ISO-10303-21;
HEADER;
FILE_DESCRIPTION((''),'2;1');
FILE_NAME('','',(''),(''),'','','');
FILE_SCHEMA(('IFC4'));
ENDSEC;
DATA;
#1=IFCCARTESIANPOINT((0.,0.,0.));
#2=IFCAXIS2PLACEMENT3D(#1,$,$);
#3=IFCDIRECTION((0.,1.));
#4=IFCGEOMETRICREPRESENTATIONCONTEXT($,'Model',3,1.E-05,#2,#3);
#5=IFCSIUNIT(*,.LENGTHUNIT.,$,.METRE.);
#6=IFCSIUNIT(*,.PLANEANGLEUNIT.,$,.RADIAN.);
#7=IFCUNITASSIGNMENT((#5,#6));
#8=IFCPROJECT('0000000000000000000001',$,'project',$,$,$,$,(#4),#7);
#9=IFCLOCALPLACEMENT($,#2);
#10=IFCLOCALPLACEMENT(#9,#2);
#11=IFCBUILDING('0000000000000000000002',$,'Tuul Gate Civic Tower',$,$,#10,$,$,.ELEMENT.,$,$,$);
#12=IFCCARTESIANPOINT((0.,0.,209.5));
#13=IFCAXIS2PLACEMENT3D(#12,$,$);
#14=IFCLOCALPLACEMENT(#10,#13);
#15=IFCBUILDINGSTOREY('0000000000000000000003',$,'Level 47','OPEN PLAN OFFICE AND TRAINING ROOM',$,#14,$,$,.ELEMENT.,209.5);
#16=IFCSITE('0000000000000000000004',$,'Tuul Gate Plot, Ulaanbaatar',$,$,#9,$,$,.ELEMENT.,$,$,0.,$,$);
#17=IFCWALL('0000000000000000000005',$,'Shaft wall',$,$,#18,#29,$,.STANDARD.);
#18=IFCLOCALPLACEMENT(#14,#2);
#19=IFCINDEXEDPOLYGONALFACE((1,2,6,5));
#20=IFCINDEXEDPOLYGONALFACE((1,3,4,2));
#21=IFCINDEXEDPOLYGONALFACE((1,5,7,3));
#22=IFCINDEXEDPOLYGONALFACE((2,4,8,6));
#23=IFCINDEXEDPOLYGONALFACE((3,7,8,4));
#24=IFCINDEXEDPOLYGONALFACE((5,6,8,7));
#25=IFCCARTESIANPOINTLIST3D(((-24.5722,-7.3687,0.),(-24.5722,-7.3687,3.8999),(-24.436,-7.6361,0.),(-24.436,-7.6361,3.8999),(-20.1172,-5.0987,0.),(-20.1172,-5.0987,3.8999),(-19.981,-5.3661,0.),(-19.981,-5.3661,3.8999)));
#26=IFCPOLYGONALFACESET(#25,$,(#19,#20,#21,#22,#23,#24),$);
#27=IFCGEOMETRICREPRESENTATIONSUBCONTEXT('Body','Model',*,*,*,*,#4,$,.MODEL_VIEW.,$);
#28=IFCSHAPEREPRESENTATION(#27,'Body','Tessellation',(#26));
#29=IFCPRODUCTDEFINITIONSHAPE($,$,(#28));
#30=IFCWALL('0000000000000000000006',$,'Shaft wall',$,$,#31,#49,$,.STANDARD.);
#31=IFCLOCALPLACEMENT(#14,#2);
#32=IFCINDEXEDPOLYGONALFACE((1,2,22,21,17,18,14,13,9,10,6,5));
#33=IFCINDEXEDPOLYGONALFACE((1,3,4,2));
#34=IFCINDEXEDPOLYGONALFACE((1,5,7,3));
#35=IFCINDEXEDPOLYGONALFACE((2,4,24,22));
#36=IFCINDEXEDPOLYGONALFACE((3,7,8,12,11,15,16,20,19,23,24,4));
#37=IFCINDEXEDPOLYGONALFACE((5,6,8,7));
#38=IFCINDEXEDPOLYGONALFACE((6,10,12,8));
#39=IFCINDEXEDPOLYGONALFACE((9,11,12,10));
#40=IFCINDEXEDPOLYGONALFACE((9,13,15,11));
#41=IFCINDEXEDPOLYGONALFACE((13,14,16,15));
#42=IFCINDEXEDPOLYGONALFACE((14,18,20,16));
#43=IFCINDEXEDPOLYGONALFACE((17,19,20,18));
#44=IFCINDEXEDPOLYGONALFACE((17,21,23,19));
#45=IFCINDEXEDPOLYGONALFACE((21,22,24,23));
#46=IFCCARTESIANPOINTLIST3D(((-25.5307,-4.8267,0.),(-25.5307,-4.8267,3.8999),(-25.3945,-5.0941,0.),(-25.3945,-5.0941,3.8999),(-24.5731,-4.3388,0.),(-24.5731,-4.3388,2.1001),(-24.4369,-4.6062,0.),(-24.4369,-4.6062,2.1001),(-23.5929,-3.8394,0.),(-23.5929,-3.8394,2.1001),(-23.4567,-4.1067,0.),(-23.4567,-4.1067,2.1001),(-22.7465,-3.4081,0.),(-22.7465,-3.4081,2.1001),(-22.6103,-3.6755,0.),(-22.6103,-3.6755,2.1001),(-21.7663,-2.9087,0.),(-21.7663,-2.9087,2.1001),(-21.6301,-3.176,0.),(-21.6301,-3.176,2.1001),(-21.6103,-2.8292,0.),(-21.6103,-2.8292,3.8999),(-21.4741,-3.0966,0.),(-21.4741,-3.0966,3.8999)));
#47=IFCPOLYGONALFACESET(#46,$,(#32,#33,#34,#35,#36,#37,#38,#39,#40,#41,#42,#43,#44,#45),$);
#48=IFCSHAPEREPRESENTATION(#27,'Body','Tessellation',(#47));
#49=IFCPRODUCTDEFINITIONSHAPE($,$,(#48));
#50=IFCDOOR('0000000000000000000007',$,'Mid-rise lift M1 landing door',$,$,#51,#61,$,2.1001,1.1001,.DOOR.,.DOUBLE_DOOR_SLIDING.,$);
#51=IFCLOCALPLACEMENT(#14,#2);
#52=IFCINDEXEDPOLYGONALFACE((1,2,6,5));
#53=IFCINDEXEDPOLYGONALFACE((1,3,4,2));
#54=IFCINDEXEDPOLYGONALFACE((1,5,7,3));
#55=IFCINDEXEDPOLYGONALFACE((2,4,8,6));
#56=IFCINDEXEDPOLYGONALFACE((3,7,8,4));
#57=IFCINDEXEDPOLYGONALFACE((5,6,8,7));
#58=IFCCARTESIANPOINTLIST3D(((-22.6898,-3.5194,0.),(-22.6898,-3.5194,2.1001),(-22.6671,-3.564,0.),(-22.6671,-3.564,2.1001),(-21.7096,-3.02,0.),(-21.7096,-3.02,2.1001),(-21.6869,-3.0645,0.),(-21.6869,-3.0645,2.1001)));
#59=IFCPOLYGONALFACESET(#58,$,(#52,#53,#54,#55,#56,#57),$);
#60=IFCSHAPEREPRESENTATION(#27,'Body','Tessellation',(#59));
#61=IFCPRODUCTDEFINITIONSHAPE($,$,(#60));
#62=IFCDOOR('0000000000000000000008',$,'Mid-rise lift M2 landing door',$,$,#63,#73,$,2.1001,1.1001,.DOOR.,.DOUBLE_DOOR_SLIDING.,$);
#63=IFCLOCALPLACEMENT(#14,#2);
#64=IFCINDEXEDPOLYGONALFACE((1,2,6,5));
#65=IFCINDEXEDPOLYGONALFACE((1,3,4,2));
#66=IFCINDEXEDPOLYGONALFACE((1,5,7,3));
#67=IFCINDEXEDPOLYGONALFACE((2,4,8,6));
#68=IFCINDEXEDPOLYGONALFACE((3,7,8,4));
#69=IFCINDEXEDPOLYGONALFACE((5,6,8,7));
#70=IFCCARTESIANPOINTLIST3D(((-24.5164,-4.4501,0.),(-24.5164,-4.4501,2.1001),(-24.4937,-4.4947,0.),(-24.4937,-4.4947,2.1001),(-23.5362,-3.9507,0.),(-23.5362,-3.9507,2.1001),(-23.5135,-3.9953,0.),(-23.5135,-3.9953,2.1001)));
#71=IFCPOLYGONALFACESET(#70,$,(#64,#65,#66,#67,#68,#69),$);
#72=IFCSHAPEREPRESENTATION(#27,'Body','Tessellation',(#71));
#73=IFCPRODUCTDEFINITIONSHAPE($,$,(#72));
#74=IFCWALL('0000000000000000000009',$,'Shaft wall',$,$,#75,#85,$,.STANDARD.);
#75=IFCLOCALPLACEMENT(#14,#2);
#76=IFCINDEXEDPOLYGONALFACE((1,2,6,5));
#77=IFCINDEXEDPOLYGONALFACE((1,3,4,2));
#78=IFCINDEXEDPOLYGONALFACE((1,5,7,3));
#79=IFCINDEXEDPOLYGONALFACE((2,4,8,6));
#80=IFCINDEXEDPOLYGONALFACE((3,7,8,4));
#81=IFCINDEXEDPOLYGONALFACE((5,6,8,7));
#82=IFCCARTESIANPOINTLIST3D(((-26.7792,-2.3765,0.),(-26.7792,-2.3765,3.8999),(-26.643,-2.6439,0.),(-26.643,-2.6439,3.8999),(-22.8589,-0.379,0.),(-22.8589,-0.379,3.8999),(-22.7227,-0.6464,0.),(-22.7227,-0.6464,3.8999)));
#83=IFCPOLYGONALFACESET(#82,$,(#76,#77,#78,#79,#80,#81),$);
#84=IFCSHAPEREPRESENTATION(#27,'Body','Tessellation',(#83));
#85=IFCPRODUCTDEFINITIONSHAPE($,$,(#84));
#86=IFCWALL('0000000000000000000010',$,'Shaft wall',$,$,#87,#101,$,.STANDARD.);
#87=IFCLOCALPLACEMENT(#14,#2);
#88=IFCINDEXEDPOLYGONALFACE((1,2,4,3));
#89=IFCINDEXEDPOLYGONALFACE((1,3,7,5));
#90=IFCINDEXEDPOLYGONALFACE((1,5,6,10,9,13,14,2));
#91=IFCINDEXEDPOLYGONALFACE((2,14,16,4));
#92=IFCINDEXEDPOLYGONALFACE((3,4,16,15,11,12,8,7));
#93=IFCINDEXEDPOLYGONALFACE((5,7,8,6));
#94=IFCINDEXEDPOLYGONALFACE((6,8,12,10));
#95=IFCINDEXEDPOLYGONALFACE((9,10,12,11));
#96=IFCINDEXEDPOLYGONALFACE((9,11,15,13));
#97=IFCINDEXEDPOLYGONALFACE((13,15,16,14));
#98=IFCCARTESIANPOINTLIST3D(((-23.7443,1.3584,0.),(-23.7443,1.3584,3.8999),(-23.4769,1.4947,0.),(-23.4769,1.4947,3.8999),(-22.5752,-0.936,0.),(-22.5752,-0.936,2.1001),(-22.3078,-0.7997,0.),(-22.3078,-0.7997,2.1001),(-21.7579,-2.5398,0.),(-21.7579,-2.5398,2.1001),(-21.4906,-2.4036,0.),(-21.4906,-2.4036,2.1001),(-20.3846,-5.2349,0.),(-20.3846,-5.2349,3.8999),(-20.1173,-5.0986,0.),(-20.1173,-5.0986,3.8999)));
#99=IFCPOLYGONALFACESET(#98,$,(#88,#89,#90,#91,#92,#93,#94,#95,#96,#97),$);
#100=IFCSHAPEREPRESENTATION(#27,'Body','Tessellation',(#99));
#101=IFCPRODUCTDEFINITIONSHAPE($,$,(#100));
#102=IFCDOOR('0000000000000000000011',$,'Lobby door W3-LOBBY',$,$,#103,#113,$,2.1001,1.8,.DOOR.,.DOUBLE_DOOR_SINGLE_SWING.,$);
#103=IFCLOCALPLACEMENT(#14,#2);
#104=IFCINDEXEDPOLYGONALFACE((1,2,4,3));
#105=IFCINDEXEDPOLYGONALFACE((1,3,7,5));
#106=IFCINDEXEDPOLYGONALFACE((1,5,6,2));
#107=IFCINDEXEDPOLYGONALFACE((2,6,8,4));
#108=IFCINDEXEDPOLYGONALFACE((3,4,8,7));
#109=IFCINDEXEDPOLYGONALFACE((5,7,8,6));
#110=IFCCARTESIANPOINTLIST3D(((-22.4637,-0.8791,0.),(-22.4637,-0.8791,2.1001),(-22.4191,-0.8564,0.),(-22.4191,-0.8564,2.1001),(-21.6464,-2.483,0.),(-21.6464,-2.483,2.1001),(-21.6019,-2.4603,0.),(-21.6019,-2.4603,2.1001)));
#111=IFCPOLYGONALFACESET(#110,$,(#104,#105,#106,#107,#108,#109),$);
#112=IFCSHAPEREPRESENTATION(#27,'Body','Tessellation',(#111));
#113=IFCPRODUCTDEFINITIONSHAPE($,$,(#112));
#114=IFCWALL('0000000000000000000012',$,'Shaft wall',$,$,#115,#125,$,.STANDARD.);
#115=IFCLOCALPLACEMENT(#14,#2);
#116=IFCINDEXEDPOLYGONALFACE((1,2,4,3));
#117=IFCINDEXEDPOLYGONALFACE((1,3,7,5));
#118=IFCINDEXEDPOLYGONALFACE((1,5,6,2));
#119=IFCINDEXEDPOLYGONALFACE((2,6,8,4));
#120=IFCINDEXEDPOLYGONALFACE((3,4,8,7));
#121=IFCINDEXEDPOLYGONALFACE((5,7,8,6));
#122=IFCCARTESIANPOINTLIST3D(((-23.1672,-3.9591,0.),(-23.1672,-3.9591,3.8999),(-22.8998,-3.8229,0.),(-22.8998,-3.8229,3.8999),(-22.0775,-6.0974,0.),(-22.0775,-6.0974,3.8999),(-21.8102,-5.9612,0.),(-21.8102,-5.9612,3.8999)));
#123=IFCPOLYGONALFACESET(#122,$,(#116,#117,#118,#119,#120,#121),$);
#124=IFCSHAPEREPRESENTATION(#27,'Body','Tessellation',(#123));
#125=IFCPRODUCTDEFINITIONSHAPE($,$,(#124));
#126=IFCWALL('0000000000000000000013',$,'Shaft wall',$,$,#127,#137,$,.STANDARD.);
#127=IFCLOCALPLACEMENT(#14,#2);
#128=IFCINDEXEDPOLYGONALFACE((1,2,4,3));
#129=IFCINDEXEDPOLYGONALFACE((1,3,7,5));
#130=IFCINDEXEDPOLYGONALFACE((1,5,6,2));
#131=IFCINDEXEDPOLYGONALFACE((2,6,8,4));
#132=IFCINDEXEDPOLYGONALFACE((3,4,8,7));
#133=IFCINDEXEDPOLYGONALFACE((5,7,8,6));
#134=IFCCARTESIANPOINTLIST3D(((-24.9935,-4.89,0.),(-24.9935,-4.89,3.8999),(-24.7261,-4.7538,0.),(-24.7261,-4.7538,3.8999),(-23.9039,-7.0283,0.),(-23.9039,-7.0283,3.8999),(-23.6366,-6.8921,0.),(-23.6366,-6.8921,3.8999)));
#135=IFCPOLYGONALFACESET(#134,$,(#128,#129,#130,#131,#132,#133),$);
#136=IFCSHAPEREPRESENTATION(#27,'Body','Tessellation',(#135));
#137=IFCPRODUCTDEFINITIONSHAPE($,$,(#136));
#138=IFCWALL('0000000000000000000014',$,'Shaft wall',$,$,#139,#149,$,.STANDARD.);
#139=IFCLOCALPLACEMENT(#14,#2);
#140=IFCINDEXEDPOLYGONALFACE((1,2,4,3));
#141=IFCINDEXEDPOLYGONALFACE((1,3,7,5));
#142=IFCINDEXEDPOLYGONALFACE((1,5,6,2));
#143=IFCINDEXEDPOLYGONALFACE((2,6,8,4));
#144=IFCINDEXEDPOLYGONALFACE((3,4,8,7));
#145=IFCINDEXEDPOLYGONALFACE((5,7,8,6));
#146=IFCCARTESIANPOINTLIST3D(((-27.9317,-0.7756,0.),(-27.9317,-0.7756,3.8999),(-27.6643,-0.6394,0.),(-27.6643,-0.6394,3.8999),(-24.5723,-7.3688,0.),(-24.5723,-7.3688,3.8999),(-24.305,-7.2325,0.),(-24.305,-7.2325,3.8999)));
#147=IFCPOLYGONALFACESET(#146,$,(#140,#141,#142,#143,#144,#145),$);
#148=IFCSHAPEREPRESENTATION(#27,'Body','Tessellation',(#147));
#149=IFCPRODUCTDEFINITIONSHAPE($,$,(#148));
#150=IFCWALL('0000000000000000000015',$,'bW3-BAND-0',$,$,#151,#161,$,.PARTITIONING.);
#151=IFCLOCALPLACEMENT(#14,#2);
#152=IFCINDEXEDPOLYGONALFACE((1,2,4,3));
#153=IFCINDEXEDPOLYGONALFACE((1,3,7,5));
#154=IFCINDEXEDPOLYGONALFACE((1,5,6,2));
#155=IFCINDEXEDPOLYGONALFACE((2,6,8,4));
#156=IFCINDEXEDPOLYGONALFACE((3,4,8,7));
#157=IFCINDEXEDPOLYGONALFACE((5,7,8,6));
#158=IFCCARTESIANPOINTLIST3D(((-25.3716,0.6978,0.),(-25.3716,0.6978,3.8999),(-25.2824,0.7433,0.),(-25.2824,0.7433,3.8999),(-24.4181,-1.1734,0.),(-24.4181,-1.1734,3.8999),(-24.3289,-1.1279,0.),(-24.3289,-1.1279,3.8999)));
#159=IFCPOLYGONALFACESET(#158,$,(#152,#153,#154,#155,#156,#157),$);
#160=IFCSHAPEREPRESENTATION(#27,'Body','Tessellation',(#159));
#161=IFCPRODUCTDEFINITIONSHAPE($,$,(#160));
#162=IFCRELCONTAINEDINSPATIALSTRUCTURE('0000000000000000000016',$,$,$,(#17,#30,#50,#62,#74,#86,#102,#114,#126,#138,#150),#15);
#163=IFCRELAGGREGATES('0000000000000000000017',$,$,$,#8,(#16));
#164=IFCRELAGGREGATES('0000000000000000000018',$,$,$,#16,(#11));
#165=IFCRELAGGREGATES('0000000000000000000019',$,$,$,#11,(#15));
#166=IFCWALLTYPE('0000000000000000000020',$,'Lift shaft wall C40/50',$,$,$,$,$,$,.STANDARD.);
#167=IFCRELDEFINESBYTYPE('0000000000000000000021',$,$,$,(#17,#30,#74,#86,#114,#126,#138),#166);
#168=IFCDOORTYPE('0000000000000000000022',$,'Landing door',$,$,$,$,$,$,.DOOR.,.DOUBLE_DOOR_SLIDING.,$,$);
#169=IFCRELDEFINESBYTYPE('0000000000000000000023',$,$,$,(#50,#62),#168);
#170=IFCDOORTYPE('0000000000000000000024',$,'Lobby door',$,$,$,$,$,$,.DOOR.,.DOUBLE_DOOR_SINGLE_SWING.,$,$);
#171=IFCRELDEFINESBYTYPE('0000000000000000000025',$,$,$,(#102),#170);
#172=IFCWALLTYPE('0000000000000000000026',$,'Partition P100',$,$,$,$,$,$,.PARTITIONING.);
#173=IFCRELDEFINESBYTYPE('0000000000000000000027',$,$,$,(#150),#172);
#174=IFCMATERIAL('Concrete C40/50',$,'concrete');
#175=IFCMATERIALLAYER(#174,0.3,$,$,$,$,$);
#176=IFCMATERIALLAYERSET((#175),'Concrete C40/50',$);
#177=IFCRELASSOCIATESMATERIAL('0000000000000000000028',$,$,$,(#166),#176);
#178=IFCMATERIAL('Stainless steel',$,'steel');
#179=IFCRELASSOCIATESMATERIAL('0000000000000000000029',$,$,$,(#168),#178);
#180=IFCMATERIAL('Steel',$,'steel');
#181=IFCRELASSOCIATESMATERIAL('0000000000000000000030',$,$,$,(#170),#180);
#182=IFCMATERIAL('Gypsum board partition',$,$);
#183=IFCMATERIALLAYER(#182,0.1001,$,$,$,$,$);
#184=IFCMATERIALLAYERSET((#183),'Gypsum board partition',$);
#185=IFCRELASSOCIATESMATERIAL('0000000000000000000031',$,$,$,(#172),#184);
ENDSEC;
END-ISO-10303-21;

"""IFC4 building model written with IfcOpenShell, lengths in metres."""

from ifc_helpers import new_model, si_unit, direction, frame, frame_2d, origin, place, context, subcontext, project, spatial, rectangle, extrude, material, layer, layer_set, type_object, element, fill, save


model = new_model("IFC4")

# Units and contexts
model_context = context("Model", 3, precision=1e-05, world=origin(), true_north=direction((0.0, 1.0)))
body_context = subcontext(model_context, "Body", "Model", "MODEL_VIEW")
ifc_project = project(units=[si_unit("LENGTHUNIT", "METRE"), si_unit("PLANEANGLEUNIT", "RADIAN")], contexts=[model_context])

# Site, building, storey
site_placement = place(None, origin())
site = spatial("IfcSite", under=ifc_project, at=site_placement, Name="Tuul Gate Plot, Ulaanbaatar", CompositionType="ELEMENT", RefElevation=0.0)
building_placement = place(site_placement, origin())
building = spatial("IfcBuilding", under=site, at=building_placement, Name="Tuul Gate Civic Tower", CompositionType="ELEMENT")
storey_placement = place(building_placement, frame((0.0, 0.0, 209.5)))
storey = spatial("IfcBuildingStorey", under=building, at=storey_placement, Name="Level 47", Description="OPEN PLAN OFFICE AND TRAINING ROOM", CompositionType="ELEMENT", Elevation=209.5)

# Wall
ifc_material_1 = material(Name="Concrete C40/50", Category="concrete")
ifc_layer_1 = layer(ifc_material_1, 0.3)
ifc_layer_set_1 = layer_set([ifc_layer_1], Name="Concrete C40/50")
wall_type_1 = type_object("IfcWallType", Name="Lift shaft wall C40/50", PredefinedType="STANDARD", material=ifc_layer_set_1)
wall_1_placement = place(storey_placement, frame((-20.0491, -5.2324, 0.0), z_axis=(0.0, 0.0, 1.0), x_axis=(-0.891003, -0.453997, 0.0)))
element("IfcWall", 1, at=wall_1_placement, inside=storey, type_object=wall_type_1, Name="Shaft wall", PredefinedType="STANDARD", context=body_context, shape_type="SweptSolid", body=[
    extrude(rectangle(XDim=5.0, YDim=0.3, at=frame_2d((2.5, 0.0))), origin(), (0.0, 0.0, 1.0), 3.8999),
])

# Wall, openings, doors
wall_2_placement = place(storey_placement, frame((-21.5422, -2.9629, 0.0), z_axis=(0.0, 0.0, 1.0), x_axis=(-0.891006, -0.453992, 0.0)))
wall_2 = element("IfcWall", 2, at=wall_2_placement, inside=storey, type_object=wall_type_1, Name="Shaft wall", PredefinedType="STANDARD", context=body_context, shape_type="SweptSolid", body=[
    extrude(rectangle(XDim=4.3999, YDim=0.3, at=frame_2d((2.2, 0.0))), origin(), (0.0, 0.0, 1.0), 3.8999),
])
opening_1_placement = place(wall_2_placement, frame((0.175, 0.0, 0.0)))
opening_1 = element("IfcOpeningElement", 3, at=opening_1_placement, cuts=wall_2, PredefinedType="OPENING", context=body_context, shape_type="SweptSolid", body=[
    extrude(rectangle(XDim=1.1001, YDim=2.1001, at=frame_2d((0.55, 1.05))), frame((0.0, 0.1602, 0.0), z_axis=(0.0, -1.0, 0.0), x_axis=(1.0, 0.0, 0.0)), (0.0, 0.0, 1.0), 0.3201),
])
opening_2_placement = place(wall_2_placement, frame((2.2251, 0.0, 0.0)))
opening_2 = element("IfcOpeningElement", 4, at=opening_2_placement, cuts=wall_2, PredefinedType="OPENING", context=body_context, shape_type="SweptSolid", body=[
    extrude(rectangle(XDim=1.1001, YDim=2.1001, at=frame_2d((0.55, 1.05))), frame((0.0, 0.1602, 0.0), z_axis=(0.0, -1.0, 0.0), x_axis=(1.0, 0.0, 0.0)), (0.0, 0.0, 1.0), 0.3201),
])
ifc_material_2 = material(Name="Stainless steel", Category="steel")
door_type_1 = type_object("IfcDoorType", Name="Landing door", OperationType="DOUBLE_DOOR_SLIDING", PredefinedType="DOOR", material=ifc_material_2)
door_1_placement = place(opening_1_placement, origin())
door_1 = element("IfcDoor", 5, at=door_1_placement, inside=storey, type_object=door_type_1, Name="Mid-rise lift M1 landing door", OperationType="DOUBLE_DOOR_SLIDING", OverallHeight=2.1001, OverallWidth=1.1001, PredefinedType="DOOR", context=body_context, shape_type="SweptSolid", body=[
    extrude(rectangle(XDim=1.1001, YDim=2.1001, at=frame_2d((0.55, 1.05))), frame((0.0, 0.0249, 0.0), z_axis=(0.0, -1.0, 0.0), x_axis=(1.0, 0.0, 0.0)), (0.0, 0.0, 1.0), 0.05),
])
fill(opening_1, door_1)
door_2_placement = place(opening_2_placement, origin())
door_2 = element("IfcDoor", 6, at=door_2_placement, inside=storey, type_object=door_type_1, Name="Mid-rise lift M2 landing door", OperationType="DOUBLE_DOOR_SLIDING", OverallHeight=2.1001, OverallWidth=1.1001, PredefinedType="DOOR", context=body_context, shape_type="SweptSolid", body=[
    extrude(rectangle(XDim=1.1001, YDim=2.1001, at=frame_2d((0.55, 1.05))), frame((0.0, 0.0249, 0.0), z_axis=(0.0, -1.0, 0.0), x_axis=(1.0, 0.0, 0.0)), (0.0, 0.0, 1.0), 0.05),
])
fill(opening_2, door_2)

# Wall
wall_3_placement = place(storey_placement, frame((-22.7908, -0.5127, 0.0), z_axis=(0.0, 0.0, 1.0), x_axis=(-0.891006, -0.453992, 0.0)))
element("IfcWall", 7, at=wall_3_placement, inside=storey, type_object=wall_type_1, Name="Shaft wall", PredefinedType="STANDARD", context=body_context, shape_type="SweptSolid", body=[
    extrude(rectangle(XDim=4.3999, YDim=0.3, at=frame_2d((2.2, 0.0))), origin(), (0.0, 0.0, 1.0), 3.8999),
])

# Wall, opening, door
wall_4_placement = place(storey_placement, frame((-20.251, -5.1667, 0.0), z_axis=(0.0, 0.0, 1.0), x_axis=(-0.45401, 0.890996, 0.0)))
wall_4 = element("IfcWall", 8, at=wall_4_placement, inside=storey, type_object=wall_type_1, Name="Shaft wall", PredefinedType="STANDARD", context=body_context, shape_type="SweptSolid", body=[
    extrude(rectangle(XDim=7.3999, YDim=0.3, at=frame_2d((3.7, 0.0))), origin(), (0.0, 0.0, 1.0), 3.8999),
])
opening_3_placement = place(wall_4_placement, frame((3.0249, 0.0, 0.0)))
opening_3 = element("IfcOpeningElement", 9, at=opening_3_placement, cuts=wall_4, PredefinedType="OPENING", context=body_context, shape_type="SweptSolid", body=[
    extrude(rectangle(XDim=1.8, YDim=2.1001, at=frame_2d((0.8999, 1.05))), frame((0.0, 0.1602, 0.0), z_axis=(0.0, -1.0, 0.0), x_axis=(1.0, 0.0, 0.0)), (0.0, 0.0, 1.0), 0.3201),
])
ifc_material_3 = material(Name="Steel", Category="steel")
door_type_2 = type_object("IfcDoorType", Name="Lobby door", OperationType="DOUBLE_DOOR_SINGLE_SWING", PredefinedType="DOOR", material=ifc_material_3)
door_3_placement = place(opening_3_placement, origin())
door_3 = element("IfcDoor", 10, at=door_3_placement, inside=storey, type_object=door_type_2, Name="Lobby door W3-LOBBY", OperationType="DOUBLE_DOOR_SINGLE_SWING", OverallHeight=2.1001, OverallWidth=1.8, PredefinedType="DOOR", context=body_context, shape_type="SweptSolid", body=[
    extrude(rectangle(XDim=1.8, YDim=2.1001, at=frame_2d((0.8999, 1.05))), frame((0.0, 0.0249, 0.0), z_axis=(0.0, -1.0, 0.0), x_axis=(1.0, 0.0, 0.0)), (0.0, 0.0, 1.0), 0.05),
])
fill(opening_3, door_3)

# Walls
for number, where, z_axis, x_axis, name in (
    (11, (-21.9438, -6.0293, 0.0), (0.0, 0.0, 1.0), (-0.454037, 0.890983, 0.0), "Shaft wall"),
    (12, (-23.7703, -6.9602, 0.0), (0.0, 0.0, 1.0), (-0.453996, 0.891004, 0.0), "Shaft wall"),
):
    element("IfcWall", number, at=place(storey_placement, frame(where, z_axis=z_axis, x_axis=x_axis)), inside=storey, type_object=wall_type_1, Name=name, PredefinedType="STANDARD", context=body_context, shape_type="SweptSolid", body=[
        extrude(rectangle(XDim=2.3999, YDim=0.3, at=frame_2d((1.2, 0.0))), origin(), (0.0, 0.0, 1.0), 3.8999),
    ])
wall_5_placement = place(storey_placement, frame((-24.4387, -7.3005, 0.0), z_axis=(0.0, 0.0, 1.0), x_axis=(-0.453984, 0.89101, 0.0)))
element("IfcWall", 13, at=wall_5_placement, inside=storey, type_object=wall_type_1, Name="Shaft wall", PredefinedType="STANDARD", context=body_context, shape_type="SweptSolid", body=[
    extrude(rectangle(XDim=7.3997, YDim=0.3, at=frame_2d((3.6997, 0.0))), origin(), (0.0, 0.0, 1.0), 3.8999),
])
ifc_material_4 = material(Name="Gypsum board partition")
ifc_layer_2 = layer(ifc_material_4, 0.1001)
ifc_layer_set_2 = layer_set([ifc_layer_2], Name="Gypsum board partition")
wall_type_2 = type_object("IfcWallType", Name="Partition P100", PredefinedType="PARTITIONING", material=ifc_layer_set_2)
wall_6_placement = place(storey_placement, frame((-24.3735, -1.1506, 0.0), z_axis=(0.0, 0.0, 1.0), x_axis=(-0.45399, 0.891007, 0.0)))
element("IfcWall", 14, at=wall_6_placement, inside=storey, type_object=wall_type_2, Name="bW3-BAND-0", PredefinedType="PARTITIONING", context=body_context, shape_type="SweptSolid", body=[
    extrude(rectangle(XDim=2.1001, YDim=0.1001, at=frame_2d((1.05, 0.0))), origin(), (0.0, 0.0, 1.0), 3.8999),
])

save(model, "model.ifc")
